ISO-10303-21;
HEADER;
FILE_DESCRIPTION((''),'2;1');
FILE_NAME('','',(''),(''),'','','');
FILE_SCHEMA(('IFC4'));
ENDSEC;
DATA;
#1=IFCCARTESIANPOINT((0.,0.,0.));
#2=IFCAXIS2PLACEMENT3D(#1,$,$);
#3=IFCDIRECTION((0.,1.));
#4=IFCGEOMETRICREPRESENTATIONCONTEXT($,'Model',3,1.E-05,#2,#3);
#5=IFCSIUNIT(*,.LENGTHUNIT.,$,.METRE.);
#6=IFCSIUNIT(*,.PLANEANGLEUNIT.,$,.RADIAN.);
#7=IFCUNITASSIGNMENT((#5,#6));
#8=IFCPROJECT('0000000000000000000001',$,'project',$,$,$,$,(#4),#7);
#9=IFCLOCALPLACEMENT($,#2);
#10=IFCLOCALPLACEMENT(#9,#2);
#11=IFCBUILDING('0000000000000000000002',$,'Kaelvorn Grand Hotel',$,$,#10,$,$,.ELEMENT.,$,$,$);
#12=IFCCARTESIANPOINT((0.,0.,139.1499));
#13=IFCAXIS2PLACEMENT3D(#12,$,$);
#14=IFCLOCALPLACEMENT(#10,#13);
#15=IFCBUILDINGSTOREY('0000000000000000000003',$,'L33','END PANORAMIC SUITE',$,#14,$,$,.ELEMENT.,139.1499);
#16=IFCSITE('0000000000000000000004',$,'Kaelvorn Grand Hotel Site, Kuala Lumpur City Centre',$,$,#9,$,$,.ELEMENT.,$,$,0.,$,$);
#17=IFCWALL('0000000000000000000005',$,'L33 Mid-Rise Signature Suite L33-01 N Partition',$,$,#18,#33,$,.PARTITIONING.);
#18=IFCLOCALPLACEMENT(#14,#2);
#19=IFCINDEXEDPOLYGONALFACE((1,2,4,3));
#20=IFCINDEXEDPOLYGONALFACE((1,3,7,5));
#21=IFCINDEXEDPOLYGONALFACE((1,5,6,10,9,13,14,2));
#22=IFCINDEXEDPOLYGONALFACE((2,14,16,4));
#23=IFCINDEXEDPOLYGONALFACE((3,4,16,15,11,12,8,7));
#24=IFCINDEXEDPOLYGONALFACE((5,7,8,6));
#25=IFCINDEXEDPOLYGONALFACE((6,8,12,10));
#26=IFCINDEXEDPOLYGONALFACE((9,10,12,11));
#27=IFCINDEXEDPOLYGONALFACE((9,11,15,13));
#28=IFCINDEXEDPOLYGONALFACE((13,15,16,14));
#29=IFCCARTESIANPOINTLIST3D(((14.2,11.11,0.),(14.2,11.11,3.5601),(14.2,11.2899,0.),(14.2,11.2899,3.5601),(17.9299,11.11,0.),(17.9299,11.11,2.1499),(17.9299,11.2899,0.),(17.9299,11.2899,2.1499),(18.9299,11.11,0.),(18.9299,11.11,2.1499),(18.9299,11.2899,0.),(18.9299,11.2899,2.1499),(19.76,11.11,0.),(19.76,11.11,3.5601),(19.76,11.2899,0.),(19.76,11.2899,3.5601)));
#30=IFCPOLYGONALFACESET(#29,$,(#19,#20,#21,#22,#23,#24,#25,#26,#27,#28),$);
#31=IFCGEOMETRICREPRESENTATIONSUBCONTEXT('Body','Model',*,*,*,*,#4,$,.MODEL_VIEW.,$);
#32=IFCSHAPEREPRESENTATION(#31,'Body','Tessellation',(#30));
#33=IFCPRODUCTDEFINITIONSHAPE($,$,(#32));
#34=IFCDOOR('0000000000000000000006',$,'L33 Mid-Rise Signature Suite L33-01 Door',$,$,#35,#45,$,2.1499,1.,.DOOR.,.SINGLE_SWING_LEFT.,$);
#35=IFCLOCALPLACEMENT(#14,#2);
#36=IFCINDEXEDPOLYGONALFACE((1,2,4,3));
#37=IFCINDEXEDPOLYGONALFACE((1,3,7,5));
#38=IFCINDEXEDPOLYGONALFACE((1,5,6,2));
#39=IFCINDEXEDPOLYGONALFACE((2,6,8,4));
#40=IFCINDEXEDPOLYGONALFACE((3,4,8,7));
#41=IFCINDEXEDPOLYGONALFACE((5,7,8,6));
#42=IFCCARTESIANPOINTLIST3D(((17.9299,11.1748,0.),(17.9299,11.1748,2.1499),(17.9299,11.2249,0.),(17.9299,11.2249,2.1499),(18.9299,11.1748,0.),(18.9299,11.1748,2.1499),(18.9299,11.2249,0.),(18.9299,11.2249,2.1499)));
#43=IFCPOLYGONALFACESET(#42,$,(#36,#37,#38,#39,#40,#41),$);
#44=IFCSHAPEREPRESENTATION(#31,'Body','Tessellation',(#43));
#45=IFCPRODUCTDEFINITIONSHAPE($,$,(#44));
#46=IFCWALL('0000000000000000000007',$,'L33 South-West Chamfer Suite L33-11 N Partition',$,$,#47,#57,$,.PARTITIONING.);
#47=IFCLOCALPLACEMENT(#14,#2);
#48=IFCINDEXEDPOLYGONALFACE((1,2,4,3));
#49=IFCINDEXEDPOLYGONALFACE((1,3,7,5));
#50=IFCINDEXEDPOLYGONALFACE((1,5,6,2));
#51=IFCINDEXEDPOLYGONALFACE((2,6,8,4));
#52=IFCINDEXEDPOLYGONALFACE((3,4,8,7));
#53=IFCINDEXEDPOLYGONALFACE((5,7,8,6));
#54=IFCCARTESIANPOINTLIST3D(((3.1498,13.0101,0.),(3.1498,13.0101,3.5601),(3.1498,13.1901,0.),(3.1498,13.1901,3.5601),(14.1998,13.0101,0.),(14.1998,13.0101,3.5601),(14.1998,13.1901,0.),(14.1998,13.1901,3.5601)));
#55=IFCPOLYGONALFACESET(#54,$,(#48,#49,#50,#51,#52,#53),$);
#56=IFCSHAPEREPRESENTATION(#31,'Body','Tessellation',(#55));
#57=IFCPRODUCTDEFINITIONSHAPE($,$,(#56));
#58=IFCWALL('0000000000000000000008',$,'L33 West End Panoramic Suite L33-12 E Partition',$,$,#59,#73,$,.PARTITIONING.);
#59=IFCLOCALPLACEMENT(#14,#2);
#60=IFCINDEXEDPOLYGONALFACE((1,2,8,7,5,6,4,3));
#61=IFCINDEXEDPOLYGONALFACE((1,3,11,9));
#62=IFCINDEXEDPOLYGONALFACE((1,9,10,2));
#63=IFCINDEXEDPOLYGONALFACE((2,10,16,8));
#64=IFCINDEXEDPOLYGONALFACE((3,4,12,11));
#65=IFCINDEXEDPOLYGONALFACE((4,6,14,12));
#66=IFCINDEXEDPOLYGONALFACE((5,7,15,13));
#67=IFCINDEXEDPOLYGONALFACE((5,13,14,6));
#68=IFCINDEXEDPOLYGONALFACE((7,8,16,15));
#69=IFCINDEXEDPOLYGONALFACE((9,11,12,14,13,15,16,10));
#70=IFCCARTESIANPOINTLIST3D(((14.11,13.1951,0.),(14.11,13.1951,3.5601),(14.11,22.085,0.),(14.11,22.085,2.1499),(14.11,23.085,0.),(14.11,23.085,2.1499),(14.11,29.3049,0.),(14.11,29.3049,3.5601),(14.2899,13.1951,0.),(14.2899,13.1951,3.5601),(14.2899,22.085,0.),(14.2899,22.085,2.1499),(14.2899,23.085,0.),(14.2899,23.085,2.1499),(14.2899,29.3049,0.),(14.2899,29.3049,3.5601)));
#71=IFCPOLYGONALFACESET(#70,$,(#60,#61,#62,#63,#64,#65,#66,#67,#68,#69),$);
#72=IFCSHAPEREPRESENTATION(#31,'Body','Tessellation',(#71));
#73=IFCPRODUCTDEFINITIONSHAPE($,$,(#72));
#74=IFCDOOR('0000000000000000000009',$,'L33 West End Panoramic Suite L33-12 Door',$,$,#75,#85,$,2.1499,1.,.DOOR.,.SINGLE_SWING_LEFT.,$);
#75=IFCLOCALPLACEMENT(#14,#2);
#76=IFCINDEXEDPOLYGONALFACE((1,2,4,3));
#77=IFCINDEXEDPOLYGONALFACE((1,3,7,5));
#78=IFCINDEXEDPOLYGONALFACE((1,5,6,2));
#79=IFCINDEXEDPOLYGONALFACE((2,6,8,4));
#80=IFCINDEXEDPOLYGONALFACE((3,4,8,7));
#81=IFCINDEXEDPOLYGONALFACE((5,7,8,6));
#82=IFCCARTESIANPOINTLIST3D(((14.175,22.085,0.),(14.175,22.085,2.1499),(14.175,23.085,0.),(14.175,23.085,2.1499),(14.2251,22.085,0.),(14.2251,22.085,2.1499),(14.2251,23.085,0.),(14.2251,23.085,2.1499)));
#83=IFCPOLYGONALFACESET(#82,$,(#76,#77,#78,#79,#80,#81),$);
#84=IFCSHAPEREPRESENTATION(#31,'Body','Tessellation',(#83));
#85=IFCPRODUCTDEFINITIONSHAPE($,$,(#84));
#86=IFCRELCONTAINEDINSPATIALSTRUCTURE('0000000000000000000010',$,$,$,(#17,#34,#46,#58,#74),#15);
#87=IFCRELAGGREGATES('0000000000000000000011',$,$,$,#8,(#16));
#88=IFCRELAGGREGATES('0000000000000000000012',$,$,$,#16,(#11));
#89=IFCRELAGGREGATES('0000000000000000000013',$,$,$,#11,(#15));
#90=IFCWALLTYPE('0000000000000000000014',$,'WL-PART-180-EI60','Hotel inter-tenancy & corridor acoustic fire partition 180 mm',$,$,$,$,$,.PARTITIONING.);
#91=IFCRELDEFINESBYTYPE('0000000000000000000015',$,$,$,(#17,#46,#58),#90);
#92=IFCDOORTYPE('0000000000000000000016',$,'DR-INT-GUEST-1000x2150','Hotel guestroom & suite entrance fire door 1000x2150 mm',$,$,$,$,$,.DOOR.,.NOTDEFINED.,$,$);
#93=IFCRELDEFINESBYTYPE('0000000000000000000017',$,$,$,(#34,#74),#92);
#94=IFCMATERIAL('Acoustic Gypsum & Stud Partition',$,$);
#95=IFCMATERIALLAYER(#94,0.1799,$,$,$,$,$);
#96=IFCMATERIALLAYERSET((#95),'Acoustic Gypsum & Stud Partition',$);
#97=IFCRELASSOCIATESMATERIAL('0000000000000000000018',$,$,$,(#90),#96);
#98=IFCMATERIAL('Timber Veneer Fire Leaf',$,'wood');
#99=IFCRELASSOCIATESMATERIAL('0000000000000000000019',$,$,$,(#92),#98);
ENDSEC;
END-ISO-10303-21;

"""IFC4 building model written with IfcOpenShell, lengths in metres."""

from ifc_helpers import new_model, si_unit, direction, frame, frame_2d, origin, place, context, subcontext, project, spatial, rectangle, extrude, material, layer, layer_set, type_object, element, fill, save


model = new_model("IFC4")

# Units and contexts
model_context = context("Model", 3, precision=1e-05, world=origin(), true_north=direction((0.0, 1.0)))
body_context = subcontext(model_context, "Body", "Model", "MODEL_VIEW")
ifc_project = project(units=[si_unit("LENGTHUNIT", "METRE"), si_unit("PLANEANGLEUNIT", "RADIAN")], contexts=[model_context])

# Site, building, storey
site_placement = place(None, origin())
site = spatial("IfcSite", under=ifc_project, at=site_placement, Name="Kaelvorn Grand Hotel Site, Kuala Lumpur City Centre", CompositionType="ELEMENT", RefElevation=0.0)
building_placement = place(site_placement, origin())
building = spatial("IfcBuilding", under=site, at=building_placement, Name="Kaelvorn Grand Hotel", CompositionType="ELEMENT")
storey_placement = place(building_placement, frame((0.0, 0.0, 139.1499)))
storey = spatial("IfcBuildingStorey", under=building, at=storey_placement, Name="L33", Description="END PANORAMIC SUITE", CompositionType="ELEMENT", Elevation=139.1499)

# Shared definitions
ifc_material_1 = material(Name="Acoustic Gypsum & Stud Partition")
ifc_material_2 = material(Name="Timber Veneer Fire Leaf", Category="wood")

# Wall, opening, door
ifc_layer_1 = layer(ifc_material_1, 0.1799)
ifc_layer_set_1 = layer_set([ifc_layer_1], Name="Acoustic Gypsum & Stud Partition")
wall_type_1 = type_object("IfcWallType", Name="WL-PART-180-EI60", Description="Hotel inter-tenancy & corridor acoustic fire partition 180 mm", PredefinedType="PARTITIONING", material=ifc_layer_set_1)
wall_1_placement = place(storey_placement, frame((14.2, 11.2, 0.0), z_axis=(0.0, 0.0, 1.0), x_axis=(1.0, 0.0, 0.0)))
wall_1 = element("IfcWall", 1, at=wall_1_placement, inside=storey, type_object=wall_type_1, Name="L33 Mid-Rise Signature Suite L33-01 N Partition", PredefinedType="PARTITIONING", context=body_context, shape_type="SweptSolid", body=[
    extrude(rectangle(XDim=5.5601, YDim=0.1799, at=frame_2d((2.78, 0.0))), origin(), (0.0, 0.0, 1.0), 3.5601),
])
opening_1_placement = place(wall_1_placement, frame((3.73, 0.0, 0.0)))
opening_1 = element("IfcOpeningElement", 2, at=opening_1_placement, cuts=wall_1, PredefinedType="OPENING", context=body_context, shape_type="SweptSolid", body=[
    extrude(rectangle(XDim=1.0, YDim=2.1499, at=frame_2d((0.5, 1.075))), frame((0.0, 0.1001, 0.0), z_axis=(0.0, -1.0, 0.0), x_axis=(1.0, 0.0, 0.0)), (0.0, 0.0, 1.0), 0.2),
])
door_type_1 = type_object("IfcDoorType", Name="DR-INT-GUEST-1000x2150", Description="Hotel guestroom & suite entrance fire door 1000x2150 mm", OperationType="NOTDEFINED", PredefinedType="DOOR", material=ifc_material_2)
door_1_placement = place(opening_1_placement, origin())
door_1 = element("IfcDoor", 3, at=door_1_placement, inside=storey, type_object=door_type_1, Name="L33 Mid-Rise Signature Suite L33-01 Door", OperationType="SINGLE_SWING_LEFT", OverallHeight=2.1499, OverallWidth=1.0, PredefinedType="DOOR", context=body_context, shape_type="SweptSolid", body=[
    extrude(rectangle(XDim=1.0, YDim=2.1499, at=frame_2d((0.5, 1.075))), frame((0.0, 0.0249, 0.0), z_axis=(0.0, -1.0, 0.0), x_axis=(1.0, 0.0, 0.0)), (0.0, 0.0, 1.0), 0.05),
])
fill(opening_1, door_1)

# Wall
wall_2_placement = place(storey_placement, frame((3.1499, 13.1001, 0.0), z_axis=(0.0, 0.0, 1.0), x_axis=(1.0, 0.0, 0.0)))
element("IfcWall", 4, at=wall_2_placement, inside=storey, type_object=wall_type_1, Name="L33 South-West Chamfer Suite L33-11 N Partition", PredefinedType="PARTITIONING", context=body_context, shape_type="SweptSolid", body=[
    extrude(rectangle(XDim=11.05, YDim=0.1799, at=frame_2d((5.5249, 0.0))), origin(), (0.0, 0.0, 1.0), 3.5601),
])

# Wall, opening, door
wall_3_placement = place(storey_placement, frame((14.2, 13.1951, 0.0), z_axis=(0.0, 0.0, 1.0), x_axis=(0.0, 1.0, 0.0)))
wall_3 = element("IfcWall", 5, at=wall_3_placement, inside=storey, type_object=wall_type_1, Name="L33 West End Panoramic Suite L33-12 E Partition", PredefinedType="PARTITIONING", context=body_context, shape_type="SweptSolid", body=[
    extrude(rectangle(XDim=16.1099, YDim=0.1799, at=frame_2d((8.0549, 0.0))), origin(), (0.0, 0.0, 1.0), 3.5601),
])
opening_2_placement = place(wall_3_placement, frame((8.8899, 0.0, 0.0)))
opening_2 = element("IfcOpeningElement", 6, at=opening_2_placement, cuts=wall_3, PredefinedType="OPENING", context=body_context, shape_type="SweptSolid", body=[
    extrude(rectangle(XDim=1.0, YDim=2.1499, at=frame_2d((0.5, 1.075))), frame((0.0, 0.1001, 0.0), z_axis=(0.0, -1.0, 0.0), x_axis=(1.0, 0.0, 0.0)), (0.0, 0.0, 1.0), 0.2),
])
door_2_placement = place(opening_2_placement, origin())
door_2 = element("IfcDoor", 7, at=door_2_placement, inside=storey, type_object=door_type_1, Name="L33 West End Panoramic Suite L33-12 Door", OperationType="SINGLE_SWING_LEFT", OverallHeight=2.1499, OverallWidth=1.0, PredefinedType="DOOR", context=body_context, shape_type="SweptSolid", body=[
    extrude(rectangle(XDim=1.0, YDim=2.1499, at=frame_2d((0.5, 1.075))), frame((0.0, 0.0249, 0.0), z_axis=(0.0, -1.0, 0.0), x_axis=(1.0, 0.0, 0.0)), (0.0, 0.0, 1.0), 0.05),
])
fill(opening_2, door_2)

save(model, "model.ifc")
